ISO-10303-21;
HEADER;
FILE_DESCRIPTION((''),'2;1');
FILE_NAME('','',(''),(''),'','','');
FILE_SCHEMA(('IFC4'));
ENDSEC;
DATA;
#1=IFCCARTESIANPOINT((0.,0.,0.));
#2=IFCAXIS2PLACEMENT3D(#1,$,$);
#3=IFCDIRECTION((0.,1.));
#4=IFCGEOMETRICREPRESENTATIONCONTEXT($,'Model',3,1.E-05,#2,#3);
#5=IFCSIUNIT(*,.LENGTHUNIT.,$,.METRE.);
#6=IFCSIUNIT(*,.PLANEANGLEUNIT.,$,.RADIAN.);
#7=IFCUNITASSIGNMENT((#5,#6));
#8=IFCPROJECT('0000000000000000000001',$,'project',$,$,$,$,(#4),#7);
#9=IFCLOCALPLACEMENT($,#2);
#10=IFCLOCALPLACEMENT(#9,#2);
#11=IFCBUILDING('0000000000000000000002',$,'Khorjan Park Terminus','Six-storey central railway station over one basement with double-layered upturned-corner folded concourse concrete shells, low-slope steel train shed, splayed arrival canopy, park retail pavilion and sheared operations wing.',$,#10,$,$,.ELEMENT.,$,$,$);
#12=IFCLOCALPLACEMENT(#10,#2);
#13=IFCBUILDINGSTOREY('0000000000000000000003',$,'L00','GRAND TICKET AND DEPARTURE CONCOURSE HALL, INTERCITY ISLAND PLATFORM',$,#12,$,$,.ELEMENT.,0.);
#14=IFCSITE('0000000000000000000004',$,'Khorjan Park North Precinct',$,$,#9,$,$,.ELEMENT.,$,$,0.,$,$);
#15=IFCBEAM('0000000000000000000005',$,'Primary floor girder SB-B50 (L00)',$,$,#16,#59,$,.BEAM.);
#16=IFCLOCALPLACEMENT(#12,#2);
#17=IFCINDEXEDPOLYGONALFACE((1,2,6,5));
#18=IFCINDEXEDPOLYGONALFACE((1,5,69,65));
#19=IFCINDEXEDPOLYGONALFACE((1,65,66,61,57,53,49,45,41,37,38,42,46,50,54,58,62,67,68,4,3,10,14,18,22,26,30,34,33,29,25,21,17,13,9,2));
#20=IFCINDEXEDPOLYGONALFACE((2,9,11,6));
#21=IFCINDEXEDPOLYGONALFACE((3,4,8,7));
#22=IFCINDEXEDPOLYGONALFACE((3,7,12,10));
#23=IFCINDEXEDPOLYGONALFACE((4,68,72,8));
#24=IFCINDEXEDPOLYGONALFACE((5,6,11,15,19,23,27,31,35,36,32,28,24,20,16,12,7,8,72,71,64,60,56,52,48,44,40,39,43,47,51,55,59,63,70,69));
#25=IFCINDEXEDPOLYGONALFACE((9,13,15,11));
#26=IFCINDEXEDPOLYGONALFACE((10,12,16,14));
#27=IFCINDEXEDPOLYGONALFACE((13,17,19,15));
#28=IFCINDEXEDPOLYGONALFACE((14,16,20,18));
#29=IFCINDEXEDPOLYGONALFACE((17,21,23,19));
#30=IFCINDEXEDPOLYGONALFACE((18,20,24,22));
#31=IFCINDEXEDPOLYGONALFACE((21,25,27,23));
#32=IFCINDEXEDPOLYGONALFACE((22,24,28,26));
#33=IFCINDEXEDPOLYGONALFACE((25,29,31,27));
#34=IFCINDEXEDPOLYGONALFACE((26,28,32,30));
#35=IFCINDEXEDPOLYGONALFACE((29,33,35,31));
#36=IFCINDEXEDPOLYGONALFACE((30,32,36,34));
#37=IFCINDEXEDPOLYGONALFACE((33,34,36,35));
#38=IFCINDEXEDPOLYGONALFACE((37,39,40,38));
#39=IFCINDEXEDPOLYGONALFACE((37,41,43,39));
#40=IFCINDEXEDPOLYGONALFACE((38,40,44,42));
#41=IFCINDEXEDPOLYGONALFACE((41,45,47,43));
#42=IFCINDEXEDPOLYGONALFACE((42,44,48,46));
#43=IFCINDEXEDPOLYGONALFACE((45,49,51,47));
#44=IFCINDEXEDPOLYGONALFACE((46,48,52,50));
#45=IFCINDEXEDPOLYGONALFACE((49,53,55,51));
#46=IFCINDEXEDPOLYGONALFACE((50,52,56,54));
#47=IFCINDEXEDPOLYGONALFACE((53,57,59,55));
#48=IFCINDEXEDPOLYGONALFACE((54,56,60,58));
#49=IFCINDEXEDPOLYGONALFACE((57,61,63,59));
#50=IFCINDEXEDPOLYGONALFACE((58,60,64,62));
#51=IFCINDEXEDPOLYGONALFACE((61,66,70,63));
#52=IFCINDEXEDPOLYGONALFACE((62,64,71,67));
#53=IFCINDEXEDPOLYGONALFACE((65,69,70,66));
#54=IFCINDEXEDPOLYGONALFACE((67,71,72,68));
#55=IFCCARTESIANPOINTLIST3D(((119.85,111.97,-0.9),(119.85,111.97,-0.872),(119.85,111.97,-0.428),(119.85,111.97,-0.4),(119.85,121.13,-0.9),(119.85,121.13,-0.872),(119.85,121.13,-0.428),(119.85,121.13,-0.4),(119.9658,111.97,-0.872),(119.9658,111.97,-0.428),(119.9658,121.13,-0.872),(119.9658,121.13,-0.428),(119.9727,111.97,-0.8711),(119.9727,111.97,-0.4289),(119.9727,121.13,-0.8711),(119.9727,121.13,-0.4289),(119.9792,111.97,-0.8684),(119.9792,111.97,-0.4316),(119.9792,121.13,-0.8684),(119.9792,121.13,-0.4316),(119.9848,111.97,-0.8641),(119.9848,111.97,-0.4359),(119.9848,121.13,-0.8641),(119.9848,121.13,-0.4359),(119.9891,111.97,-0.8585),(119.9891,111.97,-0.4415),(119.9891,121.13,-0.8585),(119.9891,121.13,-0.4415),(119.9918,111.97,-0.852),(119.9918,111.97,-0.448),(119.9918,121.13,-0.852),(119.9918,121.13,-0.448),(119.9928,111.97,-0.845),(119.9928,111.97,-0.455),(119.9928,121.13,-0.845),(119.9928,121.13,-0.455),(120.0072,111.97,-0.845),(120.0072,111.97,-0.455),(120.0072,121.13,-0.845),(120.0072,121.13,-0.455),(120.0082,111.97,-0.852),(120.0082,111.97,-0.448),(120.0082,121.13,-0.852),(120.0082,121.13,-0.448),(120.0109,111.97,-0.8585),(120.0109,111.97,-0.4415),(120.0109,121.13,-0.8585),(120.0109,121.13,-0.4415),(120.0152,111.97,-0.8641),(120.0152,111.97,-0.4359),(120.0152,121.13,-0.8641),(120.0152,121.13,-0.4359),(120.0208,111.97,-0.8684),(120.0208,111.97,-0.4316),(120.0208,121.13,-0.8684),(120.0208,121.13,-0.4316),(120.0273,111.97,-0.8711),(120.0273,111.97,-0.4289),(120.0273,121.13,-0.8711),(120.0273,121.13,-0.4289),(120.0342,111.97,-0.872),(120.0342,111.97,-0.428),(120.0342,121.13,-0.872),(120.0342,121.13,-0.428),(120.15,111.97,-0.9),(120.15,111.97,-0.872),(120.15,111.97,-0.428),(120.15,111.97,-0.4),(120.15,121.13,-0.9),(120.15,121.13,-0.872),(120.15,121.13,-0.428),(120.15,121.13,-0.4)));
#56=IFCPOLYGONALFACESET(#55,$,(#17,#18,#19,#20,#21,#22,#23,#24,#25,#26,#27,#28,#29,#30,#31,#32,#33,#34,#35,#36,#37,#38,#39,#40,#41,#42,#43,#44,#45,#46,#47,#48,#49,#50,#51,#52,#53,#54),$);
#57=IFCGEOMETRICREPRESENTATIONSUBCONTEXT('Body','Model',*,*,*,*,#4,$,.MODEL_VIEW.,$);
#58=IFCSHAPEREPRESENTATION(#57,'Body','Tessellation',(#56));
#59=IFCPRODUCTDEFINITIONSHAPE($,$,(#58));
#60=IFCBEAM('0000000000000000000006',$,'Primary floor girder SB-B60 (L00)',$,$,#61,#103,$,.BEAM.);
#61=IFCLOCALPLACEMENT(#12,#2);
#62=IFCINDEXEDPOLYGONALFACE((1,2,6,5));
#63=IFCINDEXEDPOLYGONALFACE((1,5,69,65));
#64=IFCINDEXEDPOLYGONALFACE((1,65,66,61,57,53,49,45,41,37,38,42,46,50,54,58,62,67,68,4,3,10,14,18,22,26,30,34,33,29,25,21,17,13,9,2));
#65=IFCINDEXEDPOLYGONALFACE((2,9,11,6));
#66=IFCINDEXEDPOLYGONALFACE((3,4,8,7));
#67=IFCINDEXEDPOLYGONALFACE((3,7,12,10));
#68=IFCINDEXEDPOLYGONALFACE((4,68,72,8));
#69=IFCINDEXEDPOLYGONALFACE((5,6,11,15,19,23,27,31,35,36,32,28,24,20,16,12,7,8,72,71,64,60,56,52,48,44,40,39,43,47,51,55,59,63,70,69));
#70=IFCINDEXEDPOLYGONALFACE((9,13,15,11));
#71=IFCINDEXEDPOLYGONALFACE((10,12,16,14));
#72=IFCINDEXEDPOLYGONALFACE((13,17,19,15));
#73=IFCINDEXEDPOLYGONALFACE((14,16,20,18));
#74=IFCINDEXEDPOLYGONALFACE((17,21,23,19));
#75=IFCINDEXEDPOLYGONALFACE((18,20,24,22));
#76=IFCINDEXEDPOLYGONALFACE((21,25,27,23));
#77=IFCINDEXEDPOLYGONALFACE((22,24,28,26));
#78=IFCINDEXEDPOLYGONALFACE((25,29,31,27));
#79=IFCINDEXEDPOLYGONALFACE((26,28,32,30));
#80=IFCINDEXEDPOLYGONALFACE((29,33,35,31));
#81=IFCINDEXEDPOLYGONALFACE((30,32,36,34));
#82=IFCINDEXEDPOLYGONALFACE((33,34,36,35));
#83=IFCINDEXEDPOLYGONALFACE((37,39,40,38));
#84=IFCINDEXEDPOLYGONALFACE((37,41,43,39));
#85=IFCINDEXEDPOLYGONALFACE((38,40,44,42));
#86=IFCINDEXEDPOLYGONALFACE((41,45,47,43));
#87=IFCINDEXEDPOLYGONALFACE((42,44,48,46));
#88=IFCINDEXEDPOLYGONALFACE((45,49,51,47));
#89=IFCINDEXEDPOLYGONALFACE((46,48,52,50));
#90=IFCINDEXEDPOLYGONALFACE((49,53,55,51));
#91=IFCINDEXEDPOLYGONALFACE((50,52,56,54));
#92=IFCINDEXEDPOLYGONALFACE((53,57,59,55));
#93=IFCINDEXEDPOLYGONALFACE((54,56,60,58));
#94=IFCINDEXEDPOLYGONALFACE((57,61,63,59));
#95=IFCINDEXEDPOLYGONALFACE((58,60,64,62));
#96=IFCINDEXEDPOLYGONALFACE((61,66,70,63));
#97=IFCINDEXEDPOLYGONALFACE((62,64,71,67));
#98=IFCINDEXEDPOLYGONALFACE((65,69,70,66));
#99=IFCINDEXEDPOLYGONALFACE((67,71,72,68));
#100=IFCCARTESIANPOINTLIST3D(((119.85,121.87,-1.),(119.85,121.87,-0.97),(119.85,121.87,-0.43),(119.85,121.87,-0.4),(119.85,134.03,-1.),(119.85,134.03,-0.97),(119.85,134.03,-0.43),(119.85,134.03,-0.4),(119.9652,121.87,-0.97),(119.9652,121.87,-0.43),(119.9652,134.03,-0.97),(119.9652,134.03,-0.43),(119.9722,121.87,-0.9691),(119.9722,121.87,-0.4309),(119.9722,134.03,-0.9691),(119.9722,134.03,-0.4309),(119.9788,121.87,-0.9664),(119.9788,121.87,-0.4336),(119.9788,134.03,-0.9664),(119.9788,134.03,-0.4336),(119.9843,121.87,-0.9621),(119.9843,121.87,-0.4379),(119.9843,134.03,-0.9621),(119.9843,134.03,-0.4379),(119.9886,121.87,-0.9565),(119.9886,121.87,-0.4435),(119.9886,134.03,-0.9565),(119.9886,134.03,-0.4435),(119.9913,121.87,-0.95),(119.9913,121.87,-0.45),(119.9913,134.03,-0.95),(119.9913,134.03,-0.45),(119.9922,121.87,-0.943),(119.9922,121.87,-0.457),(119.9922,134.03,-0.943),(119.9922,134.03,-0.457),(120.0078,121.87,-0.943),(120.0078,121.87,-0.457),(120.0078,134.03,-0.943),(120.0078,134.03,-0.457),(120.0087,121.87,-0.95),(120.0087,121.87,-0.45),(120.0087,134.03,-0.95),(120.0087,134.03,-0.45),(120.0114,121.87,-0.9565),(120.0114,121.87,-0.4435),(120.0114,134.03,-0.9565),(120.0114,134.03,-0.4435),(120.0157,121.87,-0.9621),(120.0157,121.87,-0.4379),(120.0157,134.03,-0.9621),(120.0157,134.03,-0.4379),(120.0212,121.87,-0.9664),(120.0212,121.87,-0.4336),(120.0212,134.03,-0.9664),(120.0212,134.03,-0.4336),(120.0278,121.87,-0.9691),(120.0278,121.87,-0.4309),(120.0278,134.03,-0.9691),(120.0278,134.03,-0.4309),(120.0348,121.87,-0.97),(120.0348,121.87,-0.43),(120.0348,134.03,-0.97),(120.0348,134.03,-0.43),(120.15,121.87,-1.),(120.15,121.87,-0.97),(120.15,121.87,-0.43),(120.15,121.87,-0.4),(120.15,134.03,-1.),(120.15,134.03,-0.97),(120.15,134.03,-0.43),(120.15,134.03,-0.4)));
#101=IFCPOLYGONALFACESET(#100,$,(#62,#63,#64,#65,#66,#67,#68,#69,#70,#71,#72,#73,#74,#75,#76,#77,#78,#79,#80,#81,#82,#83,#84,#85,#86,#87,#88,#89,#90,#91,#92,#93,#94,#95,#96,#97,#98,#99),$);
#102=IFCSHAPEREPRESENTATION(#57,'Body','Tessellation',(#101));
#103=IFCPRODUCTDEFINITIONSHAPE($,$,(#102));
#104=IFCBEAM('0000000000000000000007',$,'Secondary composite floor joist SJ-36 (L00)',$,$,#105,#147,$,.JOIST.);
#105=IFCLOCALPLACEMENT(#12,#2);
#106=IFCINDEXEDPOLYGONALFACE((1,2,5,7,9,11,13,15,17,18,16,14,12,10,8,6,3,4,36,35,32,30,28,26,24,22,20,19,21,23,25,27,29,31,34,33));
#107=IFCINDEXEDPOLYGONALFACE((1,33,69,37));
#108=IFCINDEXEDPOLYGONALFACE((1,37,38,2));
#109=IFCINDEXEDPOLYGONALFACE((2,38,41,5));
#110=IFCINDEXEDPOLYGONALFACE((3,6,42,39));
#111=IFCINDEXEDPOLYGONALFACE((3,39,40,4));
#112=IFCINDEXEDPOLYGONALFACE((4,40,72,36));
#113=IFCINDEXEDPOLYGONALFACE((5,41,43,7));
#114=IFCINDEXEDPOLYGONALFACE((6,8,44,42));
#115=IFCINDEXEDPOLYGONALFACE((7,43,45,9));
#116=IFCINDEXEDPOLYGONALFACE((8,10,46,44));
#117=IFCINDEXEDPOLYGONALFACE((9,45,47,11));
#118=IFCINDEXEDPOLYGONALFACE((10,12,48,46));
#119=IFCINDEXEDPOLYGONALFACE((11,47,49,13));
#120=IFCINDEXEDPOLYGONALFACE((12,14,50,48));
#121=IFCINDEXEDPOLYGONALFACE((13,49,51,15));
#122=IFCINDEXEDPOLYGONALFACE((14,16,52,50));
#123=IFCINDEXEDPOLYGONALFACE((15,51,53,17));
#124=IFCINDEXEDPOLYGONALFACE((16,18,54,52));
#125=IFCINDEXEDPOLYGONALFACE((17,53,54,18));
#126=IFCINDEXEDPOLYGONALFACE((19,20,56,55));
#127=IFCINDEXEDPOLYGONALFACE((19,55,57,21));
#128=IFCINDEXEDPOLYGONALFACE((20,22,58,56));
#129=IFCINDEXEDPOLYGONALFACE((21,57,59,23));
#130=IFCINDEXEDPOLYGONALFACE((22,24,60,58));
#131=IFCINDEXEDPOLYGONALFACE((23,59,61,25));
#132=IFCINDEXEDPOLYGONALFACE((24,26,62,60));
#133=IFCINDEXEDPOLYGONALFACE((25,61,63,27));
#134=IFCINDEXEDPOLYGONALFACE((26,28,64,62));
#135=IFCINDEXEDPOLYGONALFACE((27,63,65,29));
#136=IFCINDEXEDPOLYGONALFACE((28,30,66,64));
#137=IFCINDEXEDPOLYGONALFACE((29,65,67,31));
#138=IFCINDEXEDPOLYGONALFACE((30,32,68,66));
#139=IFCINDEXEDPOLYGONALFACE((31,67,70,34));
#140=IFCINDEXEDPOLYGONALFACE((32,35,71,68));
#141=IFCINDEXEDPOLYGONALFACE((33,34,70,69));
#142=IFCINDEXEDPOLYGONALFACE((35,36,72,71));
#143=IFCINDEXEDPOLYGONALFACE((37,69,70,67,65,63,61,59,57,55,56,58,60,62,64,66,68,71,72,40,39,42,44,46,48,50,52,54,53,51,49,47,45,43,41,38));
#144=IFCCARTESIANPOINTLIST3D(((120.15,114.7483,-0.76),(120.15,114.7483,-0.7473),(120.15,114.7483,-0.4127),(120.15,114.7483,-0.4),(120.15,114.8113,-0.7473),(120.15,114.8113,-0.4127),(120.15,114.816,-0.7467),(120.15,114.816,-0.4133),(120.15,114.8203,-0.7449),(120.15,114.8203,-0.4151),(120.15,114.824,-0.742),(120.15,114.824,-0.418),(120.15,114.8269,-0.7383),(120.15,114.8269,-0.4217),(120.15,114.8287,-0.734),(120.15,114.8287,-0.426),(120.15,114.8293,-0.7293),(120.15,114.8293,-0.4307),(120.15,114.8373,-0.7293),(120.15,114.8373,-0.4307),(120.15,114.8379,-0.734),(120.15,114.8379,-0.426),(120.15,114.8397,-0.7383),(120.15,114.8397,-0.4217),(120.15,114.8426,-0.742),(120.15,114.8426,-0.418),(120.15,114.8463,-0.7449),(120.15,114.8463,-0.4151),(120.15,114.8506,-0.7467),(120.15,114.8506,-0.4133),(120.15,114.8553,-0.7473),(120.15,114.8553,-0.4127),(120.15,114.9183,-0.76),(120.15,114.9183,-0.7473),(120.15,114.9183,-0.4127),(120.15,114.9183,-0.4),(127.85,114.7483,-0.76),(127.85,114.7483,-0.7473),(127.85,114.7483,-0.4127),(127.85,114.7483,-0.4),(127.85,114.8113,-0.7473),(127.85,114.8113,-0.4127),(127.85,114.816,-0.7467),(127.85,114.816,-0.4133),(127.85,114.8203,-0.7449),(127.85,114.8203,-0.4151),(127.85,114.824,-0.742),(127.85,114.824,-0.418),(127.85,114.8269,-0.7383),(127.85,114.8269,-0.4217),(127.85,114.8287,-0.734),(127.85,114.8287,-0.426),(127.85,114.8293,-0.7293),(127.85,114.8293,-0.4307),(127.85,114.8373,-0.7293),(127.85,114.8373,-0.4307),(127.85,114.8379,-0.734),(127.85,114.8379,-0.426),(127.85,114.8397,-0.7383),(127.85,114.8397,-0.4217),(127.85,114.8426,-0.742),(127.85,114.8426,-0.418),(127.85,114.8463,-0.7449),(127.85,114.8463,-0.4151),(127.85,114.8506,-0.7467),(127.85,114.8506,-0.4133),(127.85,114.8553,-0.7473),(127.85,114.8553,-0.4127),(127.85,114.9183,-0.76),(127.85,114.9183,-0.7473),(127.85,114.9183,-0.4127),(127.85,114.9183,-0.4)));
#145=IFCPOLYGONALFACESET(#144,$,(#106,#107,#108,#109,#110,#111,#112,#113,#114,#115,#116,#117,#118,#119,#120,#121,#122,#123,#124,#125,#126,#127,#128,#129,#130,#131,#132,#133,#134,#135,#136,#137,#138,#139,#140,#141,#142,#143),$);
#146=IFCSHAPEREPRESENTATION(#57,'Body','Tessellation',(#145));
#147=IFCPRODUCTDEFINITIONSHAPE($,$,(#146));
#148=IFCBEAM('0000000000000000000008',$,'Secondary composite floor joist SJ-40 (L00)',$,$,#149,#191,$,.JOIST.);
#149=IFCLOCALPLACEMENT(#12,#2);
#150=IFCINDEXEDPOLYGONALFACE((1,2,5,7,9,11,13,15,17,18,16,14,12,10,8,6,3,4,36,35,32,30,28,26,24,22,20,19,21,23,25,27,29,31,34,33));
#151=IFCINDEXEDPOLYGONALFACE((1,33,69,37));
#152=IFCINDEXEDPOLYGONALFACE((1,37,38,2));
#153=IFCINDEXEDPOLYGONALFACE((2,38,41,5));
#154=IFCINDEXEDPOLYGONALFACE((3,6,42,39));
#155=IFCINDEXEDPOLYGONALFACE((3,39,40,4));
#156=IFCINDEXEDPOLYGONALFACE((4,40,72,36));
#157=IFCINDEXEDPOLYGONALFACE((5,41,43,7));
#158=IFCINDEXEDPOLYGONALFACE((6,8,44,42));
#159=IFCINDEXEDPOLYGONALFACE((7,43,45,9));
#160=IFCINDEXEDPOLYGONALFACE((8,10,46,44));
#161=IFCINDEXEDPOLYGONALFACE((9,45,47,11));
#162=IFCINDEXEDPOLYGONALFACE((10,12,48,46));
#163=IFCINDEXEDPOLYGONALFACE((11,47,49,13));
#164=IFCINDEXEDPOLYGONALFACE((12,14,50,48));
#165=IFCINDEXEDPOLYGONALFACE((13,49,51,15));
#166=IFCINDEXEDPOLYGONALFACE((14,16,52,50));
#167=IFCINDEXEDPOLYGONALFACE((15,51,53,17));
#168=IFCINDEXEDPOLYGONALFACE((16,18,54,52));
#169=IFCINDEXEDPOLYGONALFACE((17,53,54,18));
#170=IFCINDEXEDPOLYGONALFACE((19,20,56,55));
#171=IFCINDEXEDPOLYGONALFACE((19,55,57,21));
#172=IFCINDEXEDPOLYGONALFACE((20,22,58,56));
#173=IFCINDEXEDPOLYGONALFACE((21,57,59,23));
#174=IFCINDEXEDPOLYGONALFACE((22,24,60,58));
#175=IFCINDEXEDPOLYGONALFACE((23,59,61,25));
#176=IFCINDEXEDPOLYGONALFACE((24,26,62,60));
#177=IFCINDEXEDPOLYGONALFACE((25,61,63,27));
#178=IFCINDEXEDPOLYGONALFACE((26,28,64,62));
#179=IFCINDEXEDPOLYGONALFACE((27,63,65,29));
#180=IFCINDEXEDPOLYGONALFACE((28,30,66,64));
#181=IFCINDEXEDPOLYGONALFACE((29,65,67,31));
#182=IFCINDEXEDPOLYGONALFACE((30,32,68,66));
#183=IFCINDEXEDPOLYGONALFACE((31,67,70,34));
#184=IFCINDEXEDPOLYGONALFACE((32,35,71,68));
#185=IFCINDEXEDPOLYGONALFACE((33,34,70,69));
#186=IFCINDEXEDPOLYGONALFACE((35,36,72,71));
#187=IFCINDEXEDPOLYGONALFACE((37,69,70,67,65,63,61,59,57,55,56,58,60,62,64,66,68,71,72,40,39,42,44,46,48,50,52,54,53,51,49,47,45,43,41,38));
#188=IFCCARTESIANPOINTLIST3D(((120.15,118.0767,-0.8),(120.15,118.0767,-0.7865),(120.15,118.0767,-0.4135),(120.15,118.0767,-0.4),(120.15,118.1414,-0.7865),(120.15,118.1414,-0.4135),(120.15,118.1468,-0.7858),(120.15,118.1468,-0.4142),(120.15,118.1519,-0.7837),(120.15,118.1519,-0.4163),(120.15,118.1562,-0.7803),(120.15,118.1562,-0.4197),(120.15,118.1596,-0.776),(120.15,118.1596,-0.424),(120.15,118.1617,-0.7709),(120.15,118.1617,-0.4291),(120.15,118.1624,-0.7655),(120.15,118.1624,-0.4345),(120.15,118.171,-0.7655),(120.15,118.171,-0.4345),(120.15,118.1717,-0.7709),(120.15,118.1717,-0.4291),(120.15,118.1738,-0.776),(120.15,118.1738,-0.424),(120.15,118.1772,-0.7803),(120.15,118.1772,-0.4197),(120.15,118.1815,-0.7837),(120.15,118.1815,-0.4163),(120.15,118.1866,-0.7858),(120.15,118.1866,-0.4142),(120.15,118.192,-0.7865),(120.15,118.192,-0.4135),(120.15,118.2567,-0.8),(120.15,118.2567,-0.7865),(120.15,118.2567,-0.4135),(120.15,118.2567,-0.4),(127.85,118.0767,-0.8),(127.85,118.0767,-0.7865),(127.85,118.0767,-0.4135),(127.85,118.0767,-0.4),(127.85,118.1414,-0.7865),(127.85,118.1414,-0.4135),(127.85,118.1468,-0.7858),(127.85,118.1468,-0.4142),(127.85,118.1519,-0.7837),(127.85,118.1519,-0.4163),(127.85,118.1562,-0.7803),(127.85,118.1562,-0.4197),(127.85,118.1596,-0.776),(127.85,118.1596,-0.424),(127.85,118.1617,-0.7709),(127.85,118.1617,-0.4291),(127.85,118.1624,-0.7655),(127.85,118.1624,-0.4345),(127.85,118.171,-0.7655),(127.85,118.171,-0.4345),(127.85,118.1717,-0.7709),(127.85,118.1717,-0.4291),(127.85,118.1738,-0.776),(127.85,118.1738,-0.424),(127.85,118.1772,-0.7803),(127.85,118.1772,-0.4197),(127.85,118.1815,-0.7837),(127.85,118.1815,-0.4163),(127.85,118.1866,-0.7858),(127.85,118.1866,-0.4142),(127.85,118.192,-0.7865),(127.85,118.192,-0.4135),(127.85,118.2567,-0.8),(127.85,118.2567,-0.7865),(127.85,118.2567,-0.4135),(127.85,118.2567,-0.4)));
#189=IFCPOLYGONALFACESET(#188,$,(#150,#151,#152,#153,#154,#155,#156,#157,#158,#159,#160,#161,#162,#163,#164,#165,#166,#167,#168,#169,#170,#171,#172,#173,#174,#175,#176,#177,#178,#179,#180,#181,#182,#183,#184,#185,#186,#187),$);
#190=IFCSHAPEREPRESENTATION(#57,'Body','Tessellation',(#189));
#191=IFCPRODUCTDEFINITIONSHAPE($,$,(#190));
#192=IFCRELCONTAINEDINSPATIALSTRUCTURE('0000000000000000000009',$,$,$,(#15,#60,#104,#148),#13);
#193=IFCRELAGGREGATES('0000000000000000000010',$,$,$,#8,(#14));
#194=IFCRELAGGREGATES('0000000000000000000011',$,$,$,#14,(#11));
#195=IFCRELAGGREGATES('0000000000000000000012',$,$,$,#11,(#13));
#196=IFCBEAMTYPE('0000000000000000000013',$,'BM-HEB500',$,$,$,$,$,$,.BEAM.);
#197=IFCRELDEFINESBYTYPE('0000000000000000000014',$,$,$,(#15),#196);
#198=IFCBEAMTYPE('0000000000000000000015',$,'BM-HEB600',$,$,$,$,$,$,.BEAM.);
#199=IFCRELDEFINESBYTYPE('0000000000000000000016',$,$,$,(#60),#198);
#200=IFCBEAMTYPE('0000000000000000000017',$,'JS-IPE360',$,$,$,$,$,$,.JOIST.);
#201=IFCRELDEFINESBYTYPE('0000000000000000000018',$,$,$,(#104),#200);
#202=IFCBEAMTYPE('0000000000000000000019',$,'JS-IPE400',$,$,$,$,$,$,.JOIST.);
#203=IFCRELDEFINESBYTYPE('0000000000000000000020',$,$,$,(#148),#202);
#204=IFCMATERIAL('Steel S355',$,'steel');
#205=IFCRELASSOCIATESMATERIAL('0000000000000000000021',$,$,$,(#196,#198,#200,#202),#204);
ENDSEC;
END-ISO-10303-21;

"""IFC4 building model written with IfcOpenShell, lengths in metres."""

from ifc_helpers import new_model, si_unit, direction, frame, origin, origin_2d, place, context, subcontext, project, spatial, i_section, extrude, material, material_profile, profile_set, type_object, element, save


model = new_model("IFC4")

# Units and contexts
model_context = context("Model", 3, precision=1e-05, world=origin(), true_north=direction((0.0, 1.0)))
body_context = subcontext(model_context, "Body", "Model", "MODEL_VIEW")
ifc_project = project(units=[si_unit("LENGTHUNIT", "METRE"), si_unit("PLANEANGLEUNIT", "RADIAN")], contexts=[model_context])

# Site, building, storey
site_placement = place(None, origin())
site = spatial("IfcSite", under=ifc_project, at=site_placement, Name="Khorjan Park North Precinct", CompositionType="ELEMENT", RefElevation=0.0)
building_placement = place(site_placement, origin())
building = spatial("IfcBuilding", under=site, at=building_placement, Name="Khorjan Park Terminus", Description="Six-storey central railway station over one basement with double-layered upturned-corner folded concourse concrete shells, low-slope steel train shed, splayed arrival canopy, park retail pavilion and sheared operations wing.", CompositionType="ELEMENT")
storey_placement = place(building_placement, origin())
storey = spatial("IfcBuildingStorey", under=building, at=storey_placement, Name="L00", Description="GRAND TICKET AND DEPARTURE CONCOURSE HALL, INTERCITY ISLAND PLATFORM", CompositionType="ELEMENT", Elevation=0.0)

# Shared definitions
ifc_material_1 = material(Name="Steel S355", Category="steel")

# Beams
ifc_material_profile_1 = material_profile(ifc_material_1, i_section(OverallWidth=0.3, OverallDepth=0.5, WebThickness=0.0145, FlangeThickness=0.028, FilletRadius=0.027, at=origin_2d()), Name="HEB 500")
ifc_profile_set_1 = profile_set([ifc_material_profile_1], Name="Steel S355")
beam_type_1 = type_object("IfcBeamType", Name="BM-HEB500", PredefinedType="BEAM", material=ifc_profile_set_1)
beam_1_placement = place(storey_placement, frame((120.0, 111.97, -0.65), z_axis=(0.0, 1.0, 0.0), x_axis=(-1.0, 0.0, 0.0)))
element("IfcBeam", 1, at=beam_1_placement, inside=storey, type_object=beam_type_1, Name="Primary floor girder SB-B50 (L00)", PredefinedType="BEAM", context=body_context, shape_type="SweptSolid", body=[
    extrude(i_section(OverallWidth=0.3, OverallDepth=0.5, WebThickness=0.0145, FlangeThickness=0.028, FilletRadius=0.027, at=origin_2d()), origin(), (0.0, 0.0, 1.0), 9.16),
])
ifc_material_profile_2 = material_profile(ifc_material_1, i_section(OverallWidth=0.3, OverallDepth=0.6, WebThickness=0.0155, FlangeThickness=0.03, FilletRadius=0.027, at=origin_2d()), Name="HEB 600")
ifc_profile_set_2 = profile_set([ifc_material_profile_2], Name="Steel S355")
beam_type_2 = type_object("IfcBeamType", Name="BM-HEB600", PredefinedType="BEAM", material=ifc_profile_set_2)
beam_2_placement = place(storey_placement, frame((120.0, 121.87, -0.7), z_axis=(0.0, 1.0, 0.0), x_axis=(-1.0, 0.0, 0.0)))
element("IfcBeam", 2, at=beam_2_placement, inside=storey, type_object=beam_type_2, Name="Primary floor girder SB-B60 (L00)", PredefinedType="BEAM", context=body_context, shape_type="SweptSolid", body=[
    extrude(i_section(OverallWidth=0.3, OverallDepth=0.6, WebThickness=0.0155, FlangeThickness=0.03, FilletRadius=0.027, at=origin_2d()), origin(), (0.0, 0.0, 1.0), 12.16),
])
ifc_material_profile_3 = material_profile(ifc_material_1, i_section(OverallWidth=0.17, OverallDepth=0.36, WebThickness=0.008, FlangeThickness=0.0127, FilletRadius=0.018, at=origin_2d()), Name="IPE 360")
ifc_profile_set_3 = profile_set([ifc_material_profile_3], Name="Steel S355")
beam_type_3 = type_object("IfcBeamType", Name="JS-IPE360", PredefinedType="JOIST", material=ifc_profile_set_3)
beam_3_placement = place(storey_placement, frame((120.15, 114.8333, -0.58), z_axis=(1.0, 0.0, 0.0), x_axis=(0.0, 1.0, 0.0)))
element("IfcBeam", 3, at=beam_3_placement, inside=storey, type_object=beam_type_3, Name="Secondary composite floor joist SJ-36 (L00)", PredefinedType="JOIST", context=body_context, shape_type="SweptSolid", body=[
    extrude(i_section(OverallWidth=0.17, OverallDepth=0.36, WebThickness=0.008, FlangeThickness=0.0127, FilletRadius=0.018, at=origin_2d()), origin(), (0.0, 0.0, 1.0), 7.7),
])
ifc_material_profile_4 = material_profile(ifc_material_1, i_section(OverallWidth=0.18, OverallDepth=0.4, WebThickness=0.0086, FlangeThickness=0.0135, FilletRadius=0.021, at=origin_2d()), Name="IPE 400")
ifc_profile_set_4 = profile_set([ifc_material_profile_4], Name="Steel S355")
beam_type_4 = type_object("IfcBeamType", Name="JS-IPE400", PredefinedType="JOIST", material=ifc_profile_set_4)
beam_4_placement = place(storey_placement, frame((120.15, 118.1667, -0.6), z_axis=(1.0, 0.0, 0.0), x_axis=(0.0, 1.0, 0.0)))
element("IfcBeam", 4, at=beam_4_placement, inside=storey, type_object=beam_type_4, Name="Secondary composite floor joist SJ-40 (L00)", PredefinedType="JOIST", context=body_context, shape_type="SweptSolid", body=[
    extrude(i_section(OverallWidth=0.18, OverallDepth=0.4, WebThickness=0.0086, FlangeThickness=0.0135, FilletRadius=0.021, at=origin_2d()), origin(), (0.0, 0.0, 1.0), 7.7),
])

save(model, "model.ifc")
